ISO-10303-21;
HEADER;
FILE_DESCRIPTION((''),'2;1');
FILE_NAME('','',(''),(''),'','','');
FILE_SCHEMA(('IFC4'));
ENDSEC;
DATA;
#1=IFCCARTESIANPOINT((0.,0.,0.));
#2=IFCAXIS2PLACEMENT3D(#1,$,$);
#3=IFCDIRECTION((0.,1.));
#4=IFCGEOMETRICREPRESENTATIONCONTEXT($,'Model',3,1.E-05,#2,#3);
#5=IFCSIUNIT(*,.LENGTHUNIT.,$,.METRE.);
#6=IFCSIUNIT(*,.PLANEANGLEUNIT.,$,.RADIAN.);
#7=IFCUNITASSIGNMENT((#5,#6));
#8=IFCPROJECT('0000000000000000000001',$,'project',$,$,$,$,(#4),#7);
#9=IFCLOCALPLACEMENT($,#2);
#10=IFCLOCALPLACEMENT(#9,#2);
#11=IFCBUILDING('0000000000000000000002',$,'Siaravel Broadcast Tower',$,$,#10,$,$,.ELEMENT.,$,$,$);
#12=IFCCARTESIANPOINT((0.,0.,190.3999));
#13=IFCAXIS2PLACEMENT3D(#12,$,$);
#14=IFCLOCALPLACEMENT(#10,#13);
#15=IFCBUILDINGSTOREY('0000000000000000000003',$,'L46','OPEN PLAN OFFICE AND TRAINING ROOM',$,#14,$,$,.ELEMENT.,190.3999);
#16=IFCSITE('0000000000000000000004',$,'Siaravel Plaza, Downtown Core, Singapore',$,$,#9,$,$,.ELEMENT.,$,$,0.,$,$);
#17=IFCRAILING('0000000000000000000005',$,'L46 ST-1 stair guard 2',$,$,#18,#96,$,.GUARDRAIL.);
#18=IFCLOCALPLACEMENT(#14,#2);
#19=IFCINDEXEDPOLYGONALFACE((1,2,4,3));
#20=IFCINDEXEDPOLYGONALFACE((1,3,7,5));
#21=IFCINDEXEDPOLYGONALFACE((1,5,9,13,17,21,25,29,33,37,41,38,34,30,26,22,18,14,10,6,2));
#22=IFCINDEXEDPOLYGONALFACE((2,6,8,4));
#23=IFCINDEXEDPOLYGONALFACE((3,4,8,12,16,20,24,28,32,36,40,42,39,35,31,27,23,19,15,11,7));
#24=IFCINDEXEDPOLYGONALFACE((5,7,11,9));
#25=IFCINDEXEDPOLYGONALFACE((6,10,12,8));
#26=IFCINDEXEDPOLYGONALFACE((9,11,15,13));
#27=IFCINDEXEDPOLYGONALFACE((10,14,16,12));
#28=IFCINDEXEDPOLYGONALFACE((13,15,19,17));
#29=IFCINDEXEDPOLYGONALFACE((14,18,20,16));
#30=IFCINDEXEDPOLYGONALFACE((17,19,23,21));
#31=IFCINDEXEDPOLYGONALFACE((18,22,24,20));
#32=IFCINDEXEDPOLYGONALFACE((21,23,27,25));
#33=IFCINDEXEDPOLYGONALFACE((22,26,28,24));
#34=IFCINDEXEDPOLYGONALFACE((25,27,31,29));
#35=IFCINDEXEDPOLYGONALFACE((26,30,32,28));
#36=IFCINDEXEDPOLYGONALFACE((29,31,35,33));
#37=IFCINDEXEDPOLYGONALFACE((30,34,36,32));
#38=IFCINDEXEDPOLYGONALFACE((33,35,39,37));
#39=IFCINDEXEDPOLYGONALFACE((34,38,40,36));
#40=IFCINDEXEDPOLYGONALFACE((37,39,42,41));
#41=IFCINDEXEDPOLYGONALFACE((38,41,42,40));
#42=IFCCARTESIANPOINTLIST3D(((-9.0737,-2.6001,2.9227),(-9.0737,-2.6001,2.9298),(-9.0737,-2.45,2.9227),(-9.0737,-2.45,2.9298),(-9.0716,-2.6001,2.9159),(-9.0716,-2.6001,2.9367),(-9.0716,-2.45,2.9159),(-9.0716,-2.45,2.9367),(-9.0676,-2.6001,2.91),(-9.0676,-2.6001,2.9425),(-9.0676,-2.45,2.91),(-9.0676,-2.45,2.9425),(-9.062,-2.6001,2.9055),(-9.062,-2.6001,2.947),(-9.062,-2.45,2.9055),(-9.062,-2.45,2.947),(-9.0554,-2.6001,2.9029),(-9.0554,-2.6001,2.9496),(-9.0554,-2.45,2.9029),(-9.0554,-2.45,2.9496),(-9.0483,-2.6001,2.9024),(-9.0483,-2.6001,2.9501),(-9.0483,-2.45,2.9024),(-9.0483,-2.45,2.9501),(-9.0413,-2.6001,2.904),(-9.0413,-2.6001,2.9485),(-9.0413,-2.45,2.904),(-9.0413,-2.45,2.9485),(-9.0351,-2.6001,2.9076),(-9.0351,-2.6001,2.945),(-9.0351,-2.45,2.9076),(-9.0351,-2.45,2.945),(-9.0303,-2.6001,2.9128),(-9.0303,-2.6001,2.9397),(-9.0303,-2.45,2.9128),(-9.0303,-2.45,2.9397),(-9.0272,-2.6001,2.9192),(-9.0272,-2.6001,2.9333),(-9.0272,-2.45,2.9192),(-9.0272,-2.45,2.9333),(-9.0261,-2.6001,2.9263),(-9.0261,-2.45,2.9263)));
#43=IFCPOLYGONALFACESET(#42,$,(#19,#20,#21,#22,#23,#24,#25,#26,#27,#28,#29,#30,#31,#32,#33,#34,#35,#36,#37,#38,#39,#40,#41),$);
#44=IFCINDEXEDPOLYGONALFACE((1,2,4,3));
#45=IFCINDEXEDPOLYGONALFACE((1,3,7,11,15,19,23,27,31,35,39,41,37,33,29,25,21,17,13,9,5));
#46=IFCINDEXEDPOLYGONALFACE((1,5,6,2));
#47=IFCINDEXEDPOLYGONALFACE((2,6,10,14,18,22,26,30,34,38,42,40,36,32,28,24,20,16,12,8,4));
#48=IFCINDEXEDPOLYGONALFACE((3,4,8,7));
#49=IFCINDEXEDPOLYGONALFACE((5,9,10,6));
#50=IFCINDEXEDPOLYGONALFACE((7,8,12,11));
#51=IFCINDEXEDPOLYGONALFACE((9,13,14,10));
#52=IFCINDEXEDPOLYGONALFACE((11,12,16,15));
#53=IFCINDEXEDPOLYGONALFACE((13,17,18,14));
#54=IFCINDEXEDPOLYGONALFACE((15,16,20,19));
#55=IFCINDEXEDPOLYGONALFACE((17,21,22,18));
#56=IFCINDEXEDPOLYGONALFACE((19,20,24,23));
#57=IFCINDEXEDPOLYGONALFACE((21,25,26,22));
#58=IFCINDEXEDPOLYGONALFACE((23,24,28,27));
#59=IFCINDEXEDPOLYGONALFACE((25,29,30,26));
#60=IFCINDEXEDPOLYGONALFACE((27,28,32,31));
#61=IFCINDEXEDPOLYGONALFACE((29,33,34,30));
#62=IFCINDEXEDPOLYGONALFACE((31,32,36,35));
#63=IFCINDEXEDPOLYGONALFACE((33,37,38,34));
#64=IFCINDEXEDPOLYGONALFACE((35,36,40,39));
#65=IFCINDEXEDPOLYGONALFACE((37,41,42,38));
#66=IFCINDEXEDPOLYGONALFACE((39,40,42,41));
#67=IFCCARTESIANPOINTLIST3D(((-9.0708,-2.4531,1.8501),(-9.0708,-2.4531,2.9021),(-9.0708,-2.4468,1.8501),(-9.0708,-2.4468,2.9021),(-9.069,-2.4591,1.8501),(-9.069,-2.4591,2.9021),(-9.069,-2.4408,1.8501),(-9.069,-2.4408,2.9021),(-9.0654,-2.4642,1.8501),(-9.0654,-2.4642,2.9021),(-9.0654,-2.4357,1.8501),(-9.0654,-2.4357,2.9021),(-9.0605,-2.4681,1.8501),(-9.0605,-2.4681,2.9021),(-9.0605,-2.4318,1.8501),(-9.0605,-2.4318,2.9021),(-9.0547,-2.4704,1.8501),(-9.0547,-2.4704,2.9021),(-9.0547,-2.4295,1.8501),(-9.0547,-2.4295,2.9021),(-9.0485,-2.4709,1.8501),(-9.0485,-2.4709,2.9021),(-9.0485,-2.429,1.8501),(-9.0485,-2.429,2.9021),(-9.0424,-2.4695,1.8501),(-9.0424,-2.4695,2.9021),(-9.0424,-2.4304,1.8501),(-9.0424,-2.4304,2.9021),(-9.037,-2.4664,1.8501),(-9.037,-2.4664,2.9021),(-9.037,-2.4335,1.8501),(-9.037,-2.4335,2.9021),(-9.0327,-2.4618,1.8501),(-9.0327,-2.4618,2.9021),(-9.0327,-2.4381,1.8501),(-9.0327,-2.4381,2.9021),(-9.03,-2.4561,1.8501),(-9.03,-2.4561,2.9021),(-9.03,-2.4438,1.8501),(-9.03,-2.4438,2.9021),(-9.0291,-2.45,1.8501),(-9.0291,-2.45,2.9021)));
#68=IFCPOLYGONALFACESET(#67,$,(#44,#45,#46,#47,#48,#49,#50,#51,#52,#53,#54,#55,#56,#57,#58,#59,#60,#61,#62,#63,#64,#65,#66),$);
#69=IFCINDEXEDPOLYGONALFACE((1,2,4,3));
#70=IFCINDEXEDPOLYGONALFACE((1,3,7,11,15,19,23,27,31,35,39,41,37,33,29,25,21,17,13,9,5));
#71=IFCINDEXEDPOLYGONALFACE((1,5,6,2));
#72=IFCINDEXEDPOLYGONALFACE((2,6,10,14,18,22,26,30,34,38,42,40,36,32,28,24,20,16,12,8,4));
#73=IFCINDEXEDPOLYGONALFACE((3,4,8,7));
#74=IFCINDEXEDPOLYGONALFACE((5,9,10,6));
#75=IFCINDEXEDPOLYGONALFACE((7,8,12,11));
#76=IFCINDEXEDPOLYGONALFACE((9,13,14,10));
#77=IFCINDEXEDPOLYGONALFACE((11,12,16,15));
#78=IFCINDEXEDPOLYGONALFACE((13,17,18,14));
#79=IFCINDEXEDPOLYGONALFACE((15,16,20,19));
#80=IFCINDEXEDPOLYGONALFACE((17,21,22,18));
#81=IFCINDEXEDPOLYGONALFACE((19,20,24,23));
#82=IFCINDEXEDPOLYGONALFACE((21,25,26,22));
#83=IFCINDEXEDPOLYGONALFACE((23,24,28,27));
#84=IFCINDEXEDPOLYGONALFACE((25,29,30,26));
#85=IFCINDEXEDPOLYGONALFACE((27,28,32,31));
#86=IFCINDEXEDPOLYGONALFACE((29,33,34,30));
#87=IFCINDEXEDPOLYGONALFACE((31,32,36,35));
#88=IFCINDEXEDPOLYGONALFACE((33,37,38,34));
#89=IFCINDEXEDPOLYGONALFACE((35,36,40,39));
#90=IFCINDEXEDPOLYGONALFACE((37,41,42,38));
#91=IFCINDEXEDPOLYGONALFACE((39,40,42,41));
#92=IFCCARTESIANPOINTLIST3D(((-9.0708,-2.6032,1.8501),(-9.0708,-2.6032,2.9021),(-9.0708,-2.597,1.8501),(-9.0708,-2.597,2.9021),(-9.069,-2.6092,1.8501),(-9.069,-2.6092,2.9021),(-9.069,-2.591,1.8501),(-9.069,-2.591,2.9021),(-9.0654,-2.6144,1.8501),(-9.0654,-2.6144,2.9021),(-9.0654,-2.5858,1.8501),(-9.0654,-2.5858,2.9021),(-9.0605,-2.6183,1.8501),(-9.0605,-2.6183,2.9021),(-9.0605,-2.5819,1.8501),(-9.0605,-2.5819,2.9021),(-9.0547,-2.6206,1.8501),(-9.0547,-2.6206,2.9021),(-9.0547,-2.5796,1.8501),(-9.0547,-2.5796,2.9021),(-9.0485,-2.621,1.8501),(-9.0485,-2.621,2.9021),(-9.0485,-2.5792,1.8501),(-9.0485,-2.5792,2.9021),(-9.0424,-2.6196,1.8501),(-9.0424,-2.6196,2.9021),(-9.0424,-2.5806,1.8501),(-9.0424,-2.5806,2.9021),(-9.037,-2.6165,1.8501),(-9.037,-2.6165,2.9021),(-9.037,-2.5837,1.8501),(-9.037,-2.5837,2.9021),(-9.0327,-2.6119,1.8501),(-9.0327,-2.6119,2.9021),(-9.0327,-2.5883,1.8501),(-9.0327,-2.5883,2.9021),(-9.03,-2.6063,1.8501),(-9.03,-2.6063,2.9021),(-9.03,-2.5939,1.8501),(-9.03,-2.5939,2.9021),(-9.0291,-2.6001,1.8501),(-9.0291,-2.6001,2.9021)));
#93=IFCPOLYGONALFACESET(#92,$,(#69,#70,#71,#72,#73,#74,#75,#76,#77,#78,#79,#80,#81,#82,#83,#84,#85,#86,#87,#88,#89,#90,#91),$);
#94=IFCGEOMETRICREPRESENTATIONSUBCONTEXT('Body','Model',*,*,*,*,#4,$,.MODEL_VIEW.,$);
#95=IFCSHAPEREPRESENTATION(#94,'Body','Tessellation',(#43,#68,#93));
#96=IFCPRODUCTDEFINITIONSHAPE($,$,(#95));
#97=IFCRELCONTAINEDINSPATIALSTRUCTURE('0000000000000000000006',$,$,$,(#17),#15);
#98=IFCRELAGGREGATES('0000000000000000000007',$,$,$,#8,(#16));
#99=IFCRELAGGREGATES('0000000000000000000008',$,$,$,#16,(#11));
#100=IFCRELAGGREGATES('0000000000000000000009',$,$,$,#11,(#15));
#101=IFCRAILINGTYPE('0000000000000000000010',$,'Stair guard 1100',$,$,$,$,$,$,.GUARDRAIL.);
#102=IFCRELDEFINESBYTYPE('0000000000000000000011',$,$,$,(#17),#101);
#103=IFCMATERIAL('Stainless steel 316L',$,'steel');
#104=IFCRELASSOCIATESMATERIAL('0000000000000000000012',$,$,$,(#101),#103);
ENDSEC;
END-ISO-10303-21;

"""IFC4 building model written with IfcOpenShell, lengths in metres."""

from ifc_helpers import new_model, si_unit, direction, frame, origin, origin_2d, place, context, subcontext, project, spatial, circle, extrude, material, type_object, element, save


model = new_model("IFC4")

# Units and contexts
model_context = context("Model", 3, precision=1e-05, world=origin(), true_north=direction((0.0, 1.0)))
body_context = subcontext(model_context, "Body", "Model", "MODEL_VIEW")
ifc_project = project(units=[si_unit("LENGTHUNIT", "METRE"), si_unit("PLANEANGLEUNIT", "RADIAN")], contexts=[model_context])

# Site, building, storey
site_placement = place(None, origin())
site = spatial("IfcSite", under=ifc_project, at=site_placement, Name="Siaravel Plaza, Downtown Core, Singapore", CompositionType="ELEMENT", RefElevation=0.0)
building_placement = place(site_placement, origin())
building = spatial("IfcBuilding", under=site, at=building_placement, Name="Siaravel Broadcast Tower", CompositionType="ELEMENT")
storey_placement = place(building_placement, frame((0.0, 0.0, 190.3999)))
storey = spatial("IfcBuildingStorey", under=building, at=storey_placement, Name="L46", Description="OPEN PLAN OFFICE AND TRAINING ROOM", CompositionType="ELEMENT", Elevation=190.3999)

# Shared definitions
ifc_material_1 = material(Name="Stainless steel 316L", Category="steel")

# Railing
railing_type_1 = type_object("IfcRailingType", Name="Stair guard 1100", PredefinedType="GUARDRAIL", material=ifc_material_1)
railing_1_placement = place(storey_placement, frame((-9.05, -2.45, 1.8501)))
element("IfcRailing", 1, at=railing_1_placement, inside=storey, type_object=railing_type_1, Name="L46 ST-1 stair guard 2", PredefinedType="GUARDRAIL", context=body_context, shape_type="SweptSolid", body=[
    extrude(circle(Radius=0.0239, at=origin_2d()), frame((0.0, 0.0, 1.0762), z_axis=(0.0, -1.0, 0.0), x_axis=(1.0, 0.0, 0.0)), (0.0, 0.0, 1.0), 0.1501),
    extrude(circle(Radius=0.021, at=origin_2d()), origin(), (0.0, 0.0, 1.0), 1.052),
    extrude(circle(Radius=0.021, at=origin_2d()), frame((0.0, -0.1501, 0.0)), (0.0, 0.0, 1.0), 1.052),
])

save(model, "model.ifc")
